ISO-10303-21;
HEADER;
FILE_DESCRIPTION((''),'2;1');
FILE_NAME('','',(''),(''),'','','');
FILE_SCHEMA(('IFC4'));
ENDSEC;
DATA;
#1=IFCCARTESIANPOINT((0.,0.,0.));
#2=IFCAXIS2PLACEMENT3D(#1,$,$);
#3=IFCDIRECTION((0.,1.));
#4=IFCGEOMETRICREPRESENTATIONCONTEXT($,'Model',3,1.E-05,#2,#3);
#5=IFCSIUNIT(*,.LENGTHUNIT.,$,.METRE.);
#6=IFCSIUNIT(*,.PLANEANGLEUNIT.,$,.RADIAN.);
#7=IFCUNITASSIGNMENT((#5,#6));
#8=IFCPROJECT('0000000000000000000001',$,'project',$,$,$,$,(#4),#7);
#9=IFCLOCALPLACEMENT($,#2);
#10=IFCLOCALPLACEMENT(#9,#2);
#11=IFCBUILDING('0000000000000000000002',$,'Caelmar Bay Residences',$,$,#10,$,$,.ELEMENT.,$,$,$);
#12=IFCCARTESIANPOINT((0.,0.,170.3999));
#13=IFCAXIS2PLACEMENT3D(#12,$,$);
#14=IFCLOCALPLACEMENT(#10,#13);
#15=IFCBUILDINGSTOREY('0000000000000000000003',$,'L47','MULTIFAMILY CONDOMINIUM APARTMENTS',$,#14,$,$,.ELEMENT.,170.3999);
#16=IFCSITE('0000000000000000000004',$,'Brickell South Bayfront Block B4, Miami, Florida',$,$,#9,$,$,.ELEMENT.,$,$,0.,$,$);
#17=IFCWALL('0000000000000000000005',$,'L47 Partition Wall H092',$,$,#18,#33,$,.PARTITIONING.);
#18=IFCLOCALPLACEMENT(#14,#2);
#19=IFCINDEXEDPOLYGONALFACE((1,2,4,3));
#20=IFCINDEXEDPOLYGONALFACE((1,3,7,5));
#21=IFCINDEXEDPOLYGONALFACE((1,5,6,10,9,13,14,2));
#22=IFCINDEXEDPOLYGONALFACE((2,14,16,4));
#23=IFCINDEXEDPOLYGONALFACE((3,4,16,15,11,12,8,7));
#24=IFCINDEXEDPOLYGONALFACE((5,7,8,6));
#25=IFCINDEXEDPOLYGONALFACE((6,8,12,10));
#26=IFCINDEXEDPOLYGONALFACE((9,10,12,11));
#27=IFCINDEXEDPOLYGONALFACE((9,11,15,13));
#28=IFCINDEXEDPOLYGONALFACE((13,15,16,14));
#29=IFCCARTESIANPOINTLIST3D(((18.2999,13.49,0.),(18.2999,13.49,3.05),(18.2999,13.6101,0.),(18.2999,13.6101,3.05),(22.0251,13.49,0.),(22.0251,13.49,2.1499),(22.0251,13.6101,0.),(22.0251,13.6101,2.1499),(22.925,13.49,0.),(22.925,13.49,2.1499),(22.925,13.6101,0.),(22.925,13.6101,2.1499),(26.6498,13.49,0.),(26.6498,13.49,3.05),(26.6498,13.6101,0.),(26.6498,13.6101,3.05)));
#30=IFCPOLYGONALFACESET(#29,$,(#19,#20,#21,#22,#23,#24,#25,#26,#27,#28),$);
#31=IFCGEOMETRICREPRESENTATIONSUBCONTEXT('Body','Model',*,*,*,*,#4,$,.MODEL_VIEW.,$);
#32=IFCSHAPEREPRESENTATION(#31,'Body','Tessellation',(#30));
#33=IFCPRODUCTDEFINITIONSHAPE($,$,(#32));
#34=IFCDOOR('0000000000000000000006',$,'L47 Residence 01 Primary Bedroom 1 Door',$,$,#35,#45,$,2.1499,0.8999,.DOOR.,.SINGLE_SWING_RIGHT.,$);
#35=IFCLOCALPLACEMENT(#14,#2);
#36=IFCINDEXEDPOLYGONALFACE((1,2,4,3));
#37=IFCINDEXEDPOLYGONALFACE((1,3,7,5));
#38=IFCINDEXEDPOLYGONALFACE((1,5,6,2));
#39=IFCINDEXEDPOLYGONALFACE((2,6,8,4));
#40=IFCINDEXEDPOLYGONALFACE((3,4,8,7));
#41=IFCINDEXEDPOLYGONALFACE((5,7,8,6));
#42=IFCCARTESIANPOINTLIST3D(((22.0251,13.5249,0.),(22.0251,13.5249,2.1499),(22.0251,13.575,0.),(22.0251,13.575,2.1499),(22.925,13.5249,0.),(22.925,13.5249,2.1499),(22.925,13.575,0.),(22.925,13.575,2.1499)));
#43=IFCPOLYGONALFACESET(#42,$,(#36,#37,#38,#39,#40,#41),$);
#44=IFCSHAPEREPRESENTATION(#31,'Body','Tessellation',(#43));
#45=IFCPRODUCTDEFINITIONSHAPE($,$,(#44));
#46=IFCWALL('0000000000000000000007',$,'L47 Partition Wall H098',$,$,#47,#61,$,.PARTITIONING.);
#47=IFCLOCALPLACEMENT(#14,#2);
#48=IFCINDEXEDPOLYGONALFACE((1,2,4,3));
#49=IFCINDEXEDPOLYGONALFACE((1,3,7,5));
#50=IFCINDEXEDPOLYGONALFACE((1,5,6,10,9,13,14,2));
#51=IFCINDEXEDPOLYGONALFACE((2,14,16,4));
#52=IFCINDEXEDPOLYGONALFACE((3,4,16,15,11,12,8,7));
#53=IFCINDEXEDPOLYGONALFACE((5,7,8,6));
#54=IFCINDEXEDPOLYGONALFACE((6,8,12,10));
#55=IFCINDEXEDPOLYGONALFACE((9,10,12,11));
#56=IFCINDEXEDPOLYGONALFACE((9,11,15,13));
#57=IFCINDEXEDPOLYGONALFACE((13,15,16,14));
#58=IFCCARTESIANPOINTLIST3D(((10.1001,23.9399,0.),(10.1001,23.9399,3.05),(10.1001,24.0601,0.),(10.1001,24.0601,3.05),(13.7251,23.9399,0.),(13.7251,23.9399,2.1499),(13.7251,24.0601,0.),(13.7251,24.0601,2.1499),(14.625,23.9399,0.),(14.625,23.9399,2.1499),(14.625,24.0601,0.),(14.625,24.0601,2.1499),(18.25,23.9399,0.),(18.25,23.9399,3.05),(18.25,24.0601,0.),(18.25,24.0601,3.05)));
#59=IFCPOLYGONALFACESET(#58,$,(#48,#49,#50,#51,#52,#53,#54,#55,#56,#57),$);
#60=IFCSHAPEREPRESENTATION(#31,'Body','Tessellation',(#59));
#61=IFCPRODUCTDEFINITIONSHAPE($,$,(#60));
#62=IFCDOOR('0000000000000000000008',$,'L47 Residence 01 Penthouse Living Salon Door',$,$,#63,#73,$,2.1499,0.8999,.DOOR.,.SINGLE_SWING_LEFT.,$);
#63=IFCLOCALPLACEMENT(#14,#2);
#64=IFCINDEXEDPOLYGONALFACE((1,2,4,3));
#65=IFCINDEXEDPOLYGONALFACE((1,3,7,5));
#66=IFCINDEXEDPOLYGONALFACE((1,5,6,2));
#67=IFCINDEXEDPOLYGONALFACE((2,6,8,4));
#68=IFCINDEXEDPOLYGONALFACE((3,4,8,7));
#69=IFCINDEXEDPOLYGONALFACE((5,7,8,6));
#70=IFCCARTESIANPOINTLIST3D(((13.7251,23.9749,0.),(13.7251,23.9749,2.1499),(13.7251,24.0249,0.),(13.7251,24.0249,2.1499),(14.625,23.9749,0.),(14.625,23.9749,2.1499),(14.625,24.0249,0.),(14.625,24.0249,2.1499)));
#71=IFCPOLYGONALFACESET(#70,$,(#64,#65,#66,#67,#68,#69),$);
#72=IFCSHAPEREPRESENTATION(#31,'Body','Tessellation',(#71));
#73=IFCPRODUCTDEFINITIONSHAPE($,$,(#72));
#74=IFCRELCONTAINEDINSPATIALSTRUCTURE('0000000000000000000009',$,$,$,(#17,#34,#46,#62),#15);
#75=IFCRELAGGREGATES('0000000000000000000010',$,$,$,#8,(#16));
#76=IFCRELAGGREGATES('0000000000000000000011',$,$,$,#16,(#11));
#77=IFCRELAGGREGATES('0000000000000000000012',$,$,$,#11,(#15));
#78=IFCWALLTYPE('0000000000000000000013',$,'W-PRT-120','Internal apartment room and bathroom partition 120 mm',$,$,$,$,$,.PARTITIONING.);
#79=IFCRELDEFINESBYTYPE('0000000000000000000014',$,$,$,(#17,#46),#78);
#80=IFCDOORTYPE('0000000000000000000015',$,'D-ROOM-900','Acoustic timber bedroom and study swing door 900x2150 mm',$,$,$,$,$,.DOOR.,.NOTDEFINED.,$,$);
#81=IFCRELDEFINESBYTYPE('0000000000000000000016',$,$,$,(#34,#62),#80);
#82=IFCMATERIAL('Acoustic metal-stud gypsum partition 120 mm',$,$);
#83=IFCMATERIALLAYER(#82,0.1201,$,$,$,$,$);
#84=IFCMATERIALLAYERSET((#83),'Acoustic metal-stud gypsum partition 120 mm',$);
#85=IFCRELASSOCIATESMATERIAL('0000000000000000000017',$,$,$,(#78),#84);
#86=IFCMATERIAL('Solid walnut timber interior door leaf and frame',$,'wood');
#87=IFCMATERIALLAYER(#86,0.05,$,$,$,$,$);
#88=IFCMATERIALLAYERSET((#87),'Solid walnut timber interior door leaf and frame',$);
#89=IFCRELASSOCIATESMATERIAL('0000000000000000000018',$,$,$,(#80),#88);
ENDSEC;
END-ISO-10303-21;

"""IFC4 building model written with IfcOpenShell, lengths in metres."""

from ifc_helpers import new_model, si_unit, direction, frame, frame_2d, origin, place, context, subcontext, project, spatial, rectangle, extrude, material, layer, layer_set, type_object, element, fill, save


model = new_model("IFC4")

# Units and contexts
model_context = context("Model", 3, precision=1e-05, world=origin(), true_north=direction((0.0, 1.0)))
body_context = subcontext(model_context, "Body", "Model", "MODEL_VIEW")
ifc_project = project(units=[si_unit("LENGTHUNIT", "METRE"), si_unit("PLANEANGLEUNIT", "RADIAN")], contexts=[model_context])

# Site, building, storey
site_placement = place(None, origin())
site = spatial("IfcSite", under=ifc_project, at=site_placement, Name="Brickell South Bayfront Block B4, Miami, Florida", CompositionType="ELEMENT", RefElevation=0.0)
building_placement = place(site_placement, origin())
building = spatial("IfcBuilding", under=site, at=building_placement, Name="Caelmar Bay Residences", CompositionType="ELEMENT")
storey_placement = place(building_placement, frame((0.0, 0.0, 170.3999)))
storey = spatial("IfcBuildingStorey", under=building, at=storey_placement, Name="L47", Description="MULTIFAMILY CONDOMINIUM APARTMENTS", CompositionType="ELEMENT", Elevation=170.3999)

# Shared definitions
ifc_material_1 = material(Name="Acoustic metal-stud gypsum partition 120 mm")
ifc_layer_1 = layer(ifc_material_1, 0.1201)
ifc_layer_set_1 = layer_set([ifc_layer_1], Name="Acoustic metal-stud gypsum partition 120 mm")
wall_type_1 = type_object("IfcWallType", Name="W-PRT-120", Description="Internal apartment room and bathroom partition 120 mm", PredefinedType="PARTITIONING", material=ifc_layer_set_1)

# Shared definitions
ifc_material_2 = material(Name="Solid walnut timber interior door leaf and frame", Category="wood")
ifc_layer_2 = layer(ifc_material_2, 0.05)
ifc_layer_set_2 = layer_set([ifc_layer_2], Name="Solid walnut timber interior door leaf and frame")
door_type = type_object("IfcDoorType", Name="D-ROOM-900", Description="Acoustic timber bedroom and study swing door 900x2150 mm", OperationType="NOTDEFINED", PredefinedType="DOOR", material=ifc_layer_set_2)

# Walls, openings, doors
wall_1_placement = place(storey_placement, frame((18.3, 13.55, 0.0), z_axis=(0.0, 0.0, 1.0), x_axis=(1.0, 0.0, 0.0)))
wall_1 = element("IfcWall", 1, at=wall_1_placement, inside=storey, type_object=wall_type_1, Name="L47 Partition Wall H092", PredefinedType="PARTITIONING", context=body_context, shape_type="SweptSolid", body=[
    extrude(rectangle(XDim=8.3499, YDim=0.1201, at=frame_2d((4.1748, 0.0))), origin(), (0.0, 0.0, 1.0), 3.05),
])
opening_1_placement = place(wall_1_placement, frame((3.7251, 0.0, 0.0)))
opening_1 = element("IfcOpeningElement", 2, at=opening_1_placement, cuts=wall_1, PredefinedType="OPENING", context=body_context, shape_type="SweptSolid", body=[
    extrude(rectangle(XDim=0.8999, YDim=2.1499, at=frame_2d((0.45, 1.075))), frame((0.0, 0.0701, 0.0), z_axis=(0.0, -1.0, 0.0), x_axis=(1.0, 0.0, 0.0)), (0.0, 0.0, 1.0), 0.1401),
])
door_1_placement = place(opening_1_placement, origin())
door_1 = element("IfcDoor", 3, at=door_1_placement, inside=storey, type_object=door_type, Name="L47 Residence 01 Primary Bedroom 1 Door", OperationType="SINGLE_SWING_RIGHT", OverallHeight=2.1499, OverallWidth=0.8999, PredefinedType="DOOR", context=body_context, shape_type="SweptSolid", body=[
    extrude(rectangle(XDim=0.8999, YDim=2.1499, at=frame_2d((0.45, 1.075))), frame((0.0, 0.0249, 0.0), z_axis=(0.0, -1.0, 0.0), x_axis=(1.0, 0.0, 0.0)), (0.0, 0.0, 1.0), 0.05),
])
fill(opening_1, door_1)
wall_2_placement = place(storey_placement, frame((10.1001, 24.0, 0.0), z_axis=(0.0, 0.0, 1.0), x_axis=(1.0, 0.0, 0.0)))
wall_2 = element("IfcWall", 4, at=wall_2_placement, inside=storey, type_object=wall_type_1, Name="L47 Partition Wall H098", PredefinedType="PARTITIONING", context=body_context, shape_type="SweptSolid", body=[
    extrude(rectangle(XDim=8.1499, YDim=0.1201, at=frame_2d((4.075, 0.0))), origin(), (0.0, 0.0, 1.0), 3.05),
])
opening_2_placement = place(wall_2_placement, frame((3.625, 0.0, 0.0)))
opening_2 = element("IfcOpeningElement", 5, at=opening_2_placement, cuts=wall_2, PredefinedType="OPENING", context=body_context, shape_type="SweptSolid", body=[
    extrude(rectangle(XDim=0.8999, YDim=2.1499, at=frame_2d((0.45, 1.075))), frame((0.0, 0.0701, 0.0), z_axis=(0.0, -1.0, 0.0), x_axis=(1.0, 0.0, 0.0)), (0.0, 0.0, 1.0), 0.1401),
])
door_2_placement = place(opening_2_placement, origin())
door_2 = element("IfcDoor", 6, at=door_2_placement, inside=storey, type_object=door_type, Name="L47 Residence 01 Penthouse Living Salon Door", OperationType="SINGLE_SWING_LEFT", OverallHeight=2.1499, OverallWidth=0.8999, PredefinedType="DOOR", context=body_context, shape_type="SweptSolid", body=[
    extrude(rectangle(XDim=0.8999, YDim=2.1499, at=frame_2d((0.45, 1.075))), frame((0.0, 0.0249, 0.0), z_axis=(0.0, -1.0, 0.0), x_axis=(1.0, 0.0, 0.0)), (0.0, 0.0, 1.0), 0.05),
])
fill(opening_2, door_2)

save(model, "model.ifc")
